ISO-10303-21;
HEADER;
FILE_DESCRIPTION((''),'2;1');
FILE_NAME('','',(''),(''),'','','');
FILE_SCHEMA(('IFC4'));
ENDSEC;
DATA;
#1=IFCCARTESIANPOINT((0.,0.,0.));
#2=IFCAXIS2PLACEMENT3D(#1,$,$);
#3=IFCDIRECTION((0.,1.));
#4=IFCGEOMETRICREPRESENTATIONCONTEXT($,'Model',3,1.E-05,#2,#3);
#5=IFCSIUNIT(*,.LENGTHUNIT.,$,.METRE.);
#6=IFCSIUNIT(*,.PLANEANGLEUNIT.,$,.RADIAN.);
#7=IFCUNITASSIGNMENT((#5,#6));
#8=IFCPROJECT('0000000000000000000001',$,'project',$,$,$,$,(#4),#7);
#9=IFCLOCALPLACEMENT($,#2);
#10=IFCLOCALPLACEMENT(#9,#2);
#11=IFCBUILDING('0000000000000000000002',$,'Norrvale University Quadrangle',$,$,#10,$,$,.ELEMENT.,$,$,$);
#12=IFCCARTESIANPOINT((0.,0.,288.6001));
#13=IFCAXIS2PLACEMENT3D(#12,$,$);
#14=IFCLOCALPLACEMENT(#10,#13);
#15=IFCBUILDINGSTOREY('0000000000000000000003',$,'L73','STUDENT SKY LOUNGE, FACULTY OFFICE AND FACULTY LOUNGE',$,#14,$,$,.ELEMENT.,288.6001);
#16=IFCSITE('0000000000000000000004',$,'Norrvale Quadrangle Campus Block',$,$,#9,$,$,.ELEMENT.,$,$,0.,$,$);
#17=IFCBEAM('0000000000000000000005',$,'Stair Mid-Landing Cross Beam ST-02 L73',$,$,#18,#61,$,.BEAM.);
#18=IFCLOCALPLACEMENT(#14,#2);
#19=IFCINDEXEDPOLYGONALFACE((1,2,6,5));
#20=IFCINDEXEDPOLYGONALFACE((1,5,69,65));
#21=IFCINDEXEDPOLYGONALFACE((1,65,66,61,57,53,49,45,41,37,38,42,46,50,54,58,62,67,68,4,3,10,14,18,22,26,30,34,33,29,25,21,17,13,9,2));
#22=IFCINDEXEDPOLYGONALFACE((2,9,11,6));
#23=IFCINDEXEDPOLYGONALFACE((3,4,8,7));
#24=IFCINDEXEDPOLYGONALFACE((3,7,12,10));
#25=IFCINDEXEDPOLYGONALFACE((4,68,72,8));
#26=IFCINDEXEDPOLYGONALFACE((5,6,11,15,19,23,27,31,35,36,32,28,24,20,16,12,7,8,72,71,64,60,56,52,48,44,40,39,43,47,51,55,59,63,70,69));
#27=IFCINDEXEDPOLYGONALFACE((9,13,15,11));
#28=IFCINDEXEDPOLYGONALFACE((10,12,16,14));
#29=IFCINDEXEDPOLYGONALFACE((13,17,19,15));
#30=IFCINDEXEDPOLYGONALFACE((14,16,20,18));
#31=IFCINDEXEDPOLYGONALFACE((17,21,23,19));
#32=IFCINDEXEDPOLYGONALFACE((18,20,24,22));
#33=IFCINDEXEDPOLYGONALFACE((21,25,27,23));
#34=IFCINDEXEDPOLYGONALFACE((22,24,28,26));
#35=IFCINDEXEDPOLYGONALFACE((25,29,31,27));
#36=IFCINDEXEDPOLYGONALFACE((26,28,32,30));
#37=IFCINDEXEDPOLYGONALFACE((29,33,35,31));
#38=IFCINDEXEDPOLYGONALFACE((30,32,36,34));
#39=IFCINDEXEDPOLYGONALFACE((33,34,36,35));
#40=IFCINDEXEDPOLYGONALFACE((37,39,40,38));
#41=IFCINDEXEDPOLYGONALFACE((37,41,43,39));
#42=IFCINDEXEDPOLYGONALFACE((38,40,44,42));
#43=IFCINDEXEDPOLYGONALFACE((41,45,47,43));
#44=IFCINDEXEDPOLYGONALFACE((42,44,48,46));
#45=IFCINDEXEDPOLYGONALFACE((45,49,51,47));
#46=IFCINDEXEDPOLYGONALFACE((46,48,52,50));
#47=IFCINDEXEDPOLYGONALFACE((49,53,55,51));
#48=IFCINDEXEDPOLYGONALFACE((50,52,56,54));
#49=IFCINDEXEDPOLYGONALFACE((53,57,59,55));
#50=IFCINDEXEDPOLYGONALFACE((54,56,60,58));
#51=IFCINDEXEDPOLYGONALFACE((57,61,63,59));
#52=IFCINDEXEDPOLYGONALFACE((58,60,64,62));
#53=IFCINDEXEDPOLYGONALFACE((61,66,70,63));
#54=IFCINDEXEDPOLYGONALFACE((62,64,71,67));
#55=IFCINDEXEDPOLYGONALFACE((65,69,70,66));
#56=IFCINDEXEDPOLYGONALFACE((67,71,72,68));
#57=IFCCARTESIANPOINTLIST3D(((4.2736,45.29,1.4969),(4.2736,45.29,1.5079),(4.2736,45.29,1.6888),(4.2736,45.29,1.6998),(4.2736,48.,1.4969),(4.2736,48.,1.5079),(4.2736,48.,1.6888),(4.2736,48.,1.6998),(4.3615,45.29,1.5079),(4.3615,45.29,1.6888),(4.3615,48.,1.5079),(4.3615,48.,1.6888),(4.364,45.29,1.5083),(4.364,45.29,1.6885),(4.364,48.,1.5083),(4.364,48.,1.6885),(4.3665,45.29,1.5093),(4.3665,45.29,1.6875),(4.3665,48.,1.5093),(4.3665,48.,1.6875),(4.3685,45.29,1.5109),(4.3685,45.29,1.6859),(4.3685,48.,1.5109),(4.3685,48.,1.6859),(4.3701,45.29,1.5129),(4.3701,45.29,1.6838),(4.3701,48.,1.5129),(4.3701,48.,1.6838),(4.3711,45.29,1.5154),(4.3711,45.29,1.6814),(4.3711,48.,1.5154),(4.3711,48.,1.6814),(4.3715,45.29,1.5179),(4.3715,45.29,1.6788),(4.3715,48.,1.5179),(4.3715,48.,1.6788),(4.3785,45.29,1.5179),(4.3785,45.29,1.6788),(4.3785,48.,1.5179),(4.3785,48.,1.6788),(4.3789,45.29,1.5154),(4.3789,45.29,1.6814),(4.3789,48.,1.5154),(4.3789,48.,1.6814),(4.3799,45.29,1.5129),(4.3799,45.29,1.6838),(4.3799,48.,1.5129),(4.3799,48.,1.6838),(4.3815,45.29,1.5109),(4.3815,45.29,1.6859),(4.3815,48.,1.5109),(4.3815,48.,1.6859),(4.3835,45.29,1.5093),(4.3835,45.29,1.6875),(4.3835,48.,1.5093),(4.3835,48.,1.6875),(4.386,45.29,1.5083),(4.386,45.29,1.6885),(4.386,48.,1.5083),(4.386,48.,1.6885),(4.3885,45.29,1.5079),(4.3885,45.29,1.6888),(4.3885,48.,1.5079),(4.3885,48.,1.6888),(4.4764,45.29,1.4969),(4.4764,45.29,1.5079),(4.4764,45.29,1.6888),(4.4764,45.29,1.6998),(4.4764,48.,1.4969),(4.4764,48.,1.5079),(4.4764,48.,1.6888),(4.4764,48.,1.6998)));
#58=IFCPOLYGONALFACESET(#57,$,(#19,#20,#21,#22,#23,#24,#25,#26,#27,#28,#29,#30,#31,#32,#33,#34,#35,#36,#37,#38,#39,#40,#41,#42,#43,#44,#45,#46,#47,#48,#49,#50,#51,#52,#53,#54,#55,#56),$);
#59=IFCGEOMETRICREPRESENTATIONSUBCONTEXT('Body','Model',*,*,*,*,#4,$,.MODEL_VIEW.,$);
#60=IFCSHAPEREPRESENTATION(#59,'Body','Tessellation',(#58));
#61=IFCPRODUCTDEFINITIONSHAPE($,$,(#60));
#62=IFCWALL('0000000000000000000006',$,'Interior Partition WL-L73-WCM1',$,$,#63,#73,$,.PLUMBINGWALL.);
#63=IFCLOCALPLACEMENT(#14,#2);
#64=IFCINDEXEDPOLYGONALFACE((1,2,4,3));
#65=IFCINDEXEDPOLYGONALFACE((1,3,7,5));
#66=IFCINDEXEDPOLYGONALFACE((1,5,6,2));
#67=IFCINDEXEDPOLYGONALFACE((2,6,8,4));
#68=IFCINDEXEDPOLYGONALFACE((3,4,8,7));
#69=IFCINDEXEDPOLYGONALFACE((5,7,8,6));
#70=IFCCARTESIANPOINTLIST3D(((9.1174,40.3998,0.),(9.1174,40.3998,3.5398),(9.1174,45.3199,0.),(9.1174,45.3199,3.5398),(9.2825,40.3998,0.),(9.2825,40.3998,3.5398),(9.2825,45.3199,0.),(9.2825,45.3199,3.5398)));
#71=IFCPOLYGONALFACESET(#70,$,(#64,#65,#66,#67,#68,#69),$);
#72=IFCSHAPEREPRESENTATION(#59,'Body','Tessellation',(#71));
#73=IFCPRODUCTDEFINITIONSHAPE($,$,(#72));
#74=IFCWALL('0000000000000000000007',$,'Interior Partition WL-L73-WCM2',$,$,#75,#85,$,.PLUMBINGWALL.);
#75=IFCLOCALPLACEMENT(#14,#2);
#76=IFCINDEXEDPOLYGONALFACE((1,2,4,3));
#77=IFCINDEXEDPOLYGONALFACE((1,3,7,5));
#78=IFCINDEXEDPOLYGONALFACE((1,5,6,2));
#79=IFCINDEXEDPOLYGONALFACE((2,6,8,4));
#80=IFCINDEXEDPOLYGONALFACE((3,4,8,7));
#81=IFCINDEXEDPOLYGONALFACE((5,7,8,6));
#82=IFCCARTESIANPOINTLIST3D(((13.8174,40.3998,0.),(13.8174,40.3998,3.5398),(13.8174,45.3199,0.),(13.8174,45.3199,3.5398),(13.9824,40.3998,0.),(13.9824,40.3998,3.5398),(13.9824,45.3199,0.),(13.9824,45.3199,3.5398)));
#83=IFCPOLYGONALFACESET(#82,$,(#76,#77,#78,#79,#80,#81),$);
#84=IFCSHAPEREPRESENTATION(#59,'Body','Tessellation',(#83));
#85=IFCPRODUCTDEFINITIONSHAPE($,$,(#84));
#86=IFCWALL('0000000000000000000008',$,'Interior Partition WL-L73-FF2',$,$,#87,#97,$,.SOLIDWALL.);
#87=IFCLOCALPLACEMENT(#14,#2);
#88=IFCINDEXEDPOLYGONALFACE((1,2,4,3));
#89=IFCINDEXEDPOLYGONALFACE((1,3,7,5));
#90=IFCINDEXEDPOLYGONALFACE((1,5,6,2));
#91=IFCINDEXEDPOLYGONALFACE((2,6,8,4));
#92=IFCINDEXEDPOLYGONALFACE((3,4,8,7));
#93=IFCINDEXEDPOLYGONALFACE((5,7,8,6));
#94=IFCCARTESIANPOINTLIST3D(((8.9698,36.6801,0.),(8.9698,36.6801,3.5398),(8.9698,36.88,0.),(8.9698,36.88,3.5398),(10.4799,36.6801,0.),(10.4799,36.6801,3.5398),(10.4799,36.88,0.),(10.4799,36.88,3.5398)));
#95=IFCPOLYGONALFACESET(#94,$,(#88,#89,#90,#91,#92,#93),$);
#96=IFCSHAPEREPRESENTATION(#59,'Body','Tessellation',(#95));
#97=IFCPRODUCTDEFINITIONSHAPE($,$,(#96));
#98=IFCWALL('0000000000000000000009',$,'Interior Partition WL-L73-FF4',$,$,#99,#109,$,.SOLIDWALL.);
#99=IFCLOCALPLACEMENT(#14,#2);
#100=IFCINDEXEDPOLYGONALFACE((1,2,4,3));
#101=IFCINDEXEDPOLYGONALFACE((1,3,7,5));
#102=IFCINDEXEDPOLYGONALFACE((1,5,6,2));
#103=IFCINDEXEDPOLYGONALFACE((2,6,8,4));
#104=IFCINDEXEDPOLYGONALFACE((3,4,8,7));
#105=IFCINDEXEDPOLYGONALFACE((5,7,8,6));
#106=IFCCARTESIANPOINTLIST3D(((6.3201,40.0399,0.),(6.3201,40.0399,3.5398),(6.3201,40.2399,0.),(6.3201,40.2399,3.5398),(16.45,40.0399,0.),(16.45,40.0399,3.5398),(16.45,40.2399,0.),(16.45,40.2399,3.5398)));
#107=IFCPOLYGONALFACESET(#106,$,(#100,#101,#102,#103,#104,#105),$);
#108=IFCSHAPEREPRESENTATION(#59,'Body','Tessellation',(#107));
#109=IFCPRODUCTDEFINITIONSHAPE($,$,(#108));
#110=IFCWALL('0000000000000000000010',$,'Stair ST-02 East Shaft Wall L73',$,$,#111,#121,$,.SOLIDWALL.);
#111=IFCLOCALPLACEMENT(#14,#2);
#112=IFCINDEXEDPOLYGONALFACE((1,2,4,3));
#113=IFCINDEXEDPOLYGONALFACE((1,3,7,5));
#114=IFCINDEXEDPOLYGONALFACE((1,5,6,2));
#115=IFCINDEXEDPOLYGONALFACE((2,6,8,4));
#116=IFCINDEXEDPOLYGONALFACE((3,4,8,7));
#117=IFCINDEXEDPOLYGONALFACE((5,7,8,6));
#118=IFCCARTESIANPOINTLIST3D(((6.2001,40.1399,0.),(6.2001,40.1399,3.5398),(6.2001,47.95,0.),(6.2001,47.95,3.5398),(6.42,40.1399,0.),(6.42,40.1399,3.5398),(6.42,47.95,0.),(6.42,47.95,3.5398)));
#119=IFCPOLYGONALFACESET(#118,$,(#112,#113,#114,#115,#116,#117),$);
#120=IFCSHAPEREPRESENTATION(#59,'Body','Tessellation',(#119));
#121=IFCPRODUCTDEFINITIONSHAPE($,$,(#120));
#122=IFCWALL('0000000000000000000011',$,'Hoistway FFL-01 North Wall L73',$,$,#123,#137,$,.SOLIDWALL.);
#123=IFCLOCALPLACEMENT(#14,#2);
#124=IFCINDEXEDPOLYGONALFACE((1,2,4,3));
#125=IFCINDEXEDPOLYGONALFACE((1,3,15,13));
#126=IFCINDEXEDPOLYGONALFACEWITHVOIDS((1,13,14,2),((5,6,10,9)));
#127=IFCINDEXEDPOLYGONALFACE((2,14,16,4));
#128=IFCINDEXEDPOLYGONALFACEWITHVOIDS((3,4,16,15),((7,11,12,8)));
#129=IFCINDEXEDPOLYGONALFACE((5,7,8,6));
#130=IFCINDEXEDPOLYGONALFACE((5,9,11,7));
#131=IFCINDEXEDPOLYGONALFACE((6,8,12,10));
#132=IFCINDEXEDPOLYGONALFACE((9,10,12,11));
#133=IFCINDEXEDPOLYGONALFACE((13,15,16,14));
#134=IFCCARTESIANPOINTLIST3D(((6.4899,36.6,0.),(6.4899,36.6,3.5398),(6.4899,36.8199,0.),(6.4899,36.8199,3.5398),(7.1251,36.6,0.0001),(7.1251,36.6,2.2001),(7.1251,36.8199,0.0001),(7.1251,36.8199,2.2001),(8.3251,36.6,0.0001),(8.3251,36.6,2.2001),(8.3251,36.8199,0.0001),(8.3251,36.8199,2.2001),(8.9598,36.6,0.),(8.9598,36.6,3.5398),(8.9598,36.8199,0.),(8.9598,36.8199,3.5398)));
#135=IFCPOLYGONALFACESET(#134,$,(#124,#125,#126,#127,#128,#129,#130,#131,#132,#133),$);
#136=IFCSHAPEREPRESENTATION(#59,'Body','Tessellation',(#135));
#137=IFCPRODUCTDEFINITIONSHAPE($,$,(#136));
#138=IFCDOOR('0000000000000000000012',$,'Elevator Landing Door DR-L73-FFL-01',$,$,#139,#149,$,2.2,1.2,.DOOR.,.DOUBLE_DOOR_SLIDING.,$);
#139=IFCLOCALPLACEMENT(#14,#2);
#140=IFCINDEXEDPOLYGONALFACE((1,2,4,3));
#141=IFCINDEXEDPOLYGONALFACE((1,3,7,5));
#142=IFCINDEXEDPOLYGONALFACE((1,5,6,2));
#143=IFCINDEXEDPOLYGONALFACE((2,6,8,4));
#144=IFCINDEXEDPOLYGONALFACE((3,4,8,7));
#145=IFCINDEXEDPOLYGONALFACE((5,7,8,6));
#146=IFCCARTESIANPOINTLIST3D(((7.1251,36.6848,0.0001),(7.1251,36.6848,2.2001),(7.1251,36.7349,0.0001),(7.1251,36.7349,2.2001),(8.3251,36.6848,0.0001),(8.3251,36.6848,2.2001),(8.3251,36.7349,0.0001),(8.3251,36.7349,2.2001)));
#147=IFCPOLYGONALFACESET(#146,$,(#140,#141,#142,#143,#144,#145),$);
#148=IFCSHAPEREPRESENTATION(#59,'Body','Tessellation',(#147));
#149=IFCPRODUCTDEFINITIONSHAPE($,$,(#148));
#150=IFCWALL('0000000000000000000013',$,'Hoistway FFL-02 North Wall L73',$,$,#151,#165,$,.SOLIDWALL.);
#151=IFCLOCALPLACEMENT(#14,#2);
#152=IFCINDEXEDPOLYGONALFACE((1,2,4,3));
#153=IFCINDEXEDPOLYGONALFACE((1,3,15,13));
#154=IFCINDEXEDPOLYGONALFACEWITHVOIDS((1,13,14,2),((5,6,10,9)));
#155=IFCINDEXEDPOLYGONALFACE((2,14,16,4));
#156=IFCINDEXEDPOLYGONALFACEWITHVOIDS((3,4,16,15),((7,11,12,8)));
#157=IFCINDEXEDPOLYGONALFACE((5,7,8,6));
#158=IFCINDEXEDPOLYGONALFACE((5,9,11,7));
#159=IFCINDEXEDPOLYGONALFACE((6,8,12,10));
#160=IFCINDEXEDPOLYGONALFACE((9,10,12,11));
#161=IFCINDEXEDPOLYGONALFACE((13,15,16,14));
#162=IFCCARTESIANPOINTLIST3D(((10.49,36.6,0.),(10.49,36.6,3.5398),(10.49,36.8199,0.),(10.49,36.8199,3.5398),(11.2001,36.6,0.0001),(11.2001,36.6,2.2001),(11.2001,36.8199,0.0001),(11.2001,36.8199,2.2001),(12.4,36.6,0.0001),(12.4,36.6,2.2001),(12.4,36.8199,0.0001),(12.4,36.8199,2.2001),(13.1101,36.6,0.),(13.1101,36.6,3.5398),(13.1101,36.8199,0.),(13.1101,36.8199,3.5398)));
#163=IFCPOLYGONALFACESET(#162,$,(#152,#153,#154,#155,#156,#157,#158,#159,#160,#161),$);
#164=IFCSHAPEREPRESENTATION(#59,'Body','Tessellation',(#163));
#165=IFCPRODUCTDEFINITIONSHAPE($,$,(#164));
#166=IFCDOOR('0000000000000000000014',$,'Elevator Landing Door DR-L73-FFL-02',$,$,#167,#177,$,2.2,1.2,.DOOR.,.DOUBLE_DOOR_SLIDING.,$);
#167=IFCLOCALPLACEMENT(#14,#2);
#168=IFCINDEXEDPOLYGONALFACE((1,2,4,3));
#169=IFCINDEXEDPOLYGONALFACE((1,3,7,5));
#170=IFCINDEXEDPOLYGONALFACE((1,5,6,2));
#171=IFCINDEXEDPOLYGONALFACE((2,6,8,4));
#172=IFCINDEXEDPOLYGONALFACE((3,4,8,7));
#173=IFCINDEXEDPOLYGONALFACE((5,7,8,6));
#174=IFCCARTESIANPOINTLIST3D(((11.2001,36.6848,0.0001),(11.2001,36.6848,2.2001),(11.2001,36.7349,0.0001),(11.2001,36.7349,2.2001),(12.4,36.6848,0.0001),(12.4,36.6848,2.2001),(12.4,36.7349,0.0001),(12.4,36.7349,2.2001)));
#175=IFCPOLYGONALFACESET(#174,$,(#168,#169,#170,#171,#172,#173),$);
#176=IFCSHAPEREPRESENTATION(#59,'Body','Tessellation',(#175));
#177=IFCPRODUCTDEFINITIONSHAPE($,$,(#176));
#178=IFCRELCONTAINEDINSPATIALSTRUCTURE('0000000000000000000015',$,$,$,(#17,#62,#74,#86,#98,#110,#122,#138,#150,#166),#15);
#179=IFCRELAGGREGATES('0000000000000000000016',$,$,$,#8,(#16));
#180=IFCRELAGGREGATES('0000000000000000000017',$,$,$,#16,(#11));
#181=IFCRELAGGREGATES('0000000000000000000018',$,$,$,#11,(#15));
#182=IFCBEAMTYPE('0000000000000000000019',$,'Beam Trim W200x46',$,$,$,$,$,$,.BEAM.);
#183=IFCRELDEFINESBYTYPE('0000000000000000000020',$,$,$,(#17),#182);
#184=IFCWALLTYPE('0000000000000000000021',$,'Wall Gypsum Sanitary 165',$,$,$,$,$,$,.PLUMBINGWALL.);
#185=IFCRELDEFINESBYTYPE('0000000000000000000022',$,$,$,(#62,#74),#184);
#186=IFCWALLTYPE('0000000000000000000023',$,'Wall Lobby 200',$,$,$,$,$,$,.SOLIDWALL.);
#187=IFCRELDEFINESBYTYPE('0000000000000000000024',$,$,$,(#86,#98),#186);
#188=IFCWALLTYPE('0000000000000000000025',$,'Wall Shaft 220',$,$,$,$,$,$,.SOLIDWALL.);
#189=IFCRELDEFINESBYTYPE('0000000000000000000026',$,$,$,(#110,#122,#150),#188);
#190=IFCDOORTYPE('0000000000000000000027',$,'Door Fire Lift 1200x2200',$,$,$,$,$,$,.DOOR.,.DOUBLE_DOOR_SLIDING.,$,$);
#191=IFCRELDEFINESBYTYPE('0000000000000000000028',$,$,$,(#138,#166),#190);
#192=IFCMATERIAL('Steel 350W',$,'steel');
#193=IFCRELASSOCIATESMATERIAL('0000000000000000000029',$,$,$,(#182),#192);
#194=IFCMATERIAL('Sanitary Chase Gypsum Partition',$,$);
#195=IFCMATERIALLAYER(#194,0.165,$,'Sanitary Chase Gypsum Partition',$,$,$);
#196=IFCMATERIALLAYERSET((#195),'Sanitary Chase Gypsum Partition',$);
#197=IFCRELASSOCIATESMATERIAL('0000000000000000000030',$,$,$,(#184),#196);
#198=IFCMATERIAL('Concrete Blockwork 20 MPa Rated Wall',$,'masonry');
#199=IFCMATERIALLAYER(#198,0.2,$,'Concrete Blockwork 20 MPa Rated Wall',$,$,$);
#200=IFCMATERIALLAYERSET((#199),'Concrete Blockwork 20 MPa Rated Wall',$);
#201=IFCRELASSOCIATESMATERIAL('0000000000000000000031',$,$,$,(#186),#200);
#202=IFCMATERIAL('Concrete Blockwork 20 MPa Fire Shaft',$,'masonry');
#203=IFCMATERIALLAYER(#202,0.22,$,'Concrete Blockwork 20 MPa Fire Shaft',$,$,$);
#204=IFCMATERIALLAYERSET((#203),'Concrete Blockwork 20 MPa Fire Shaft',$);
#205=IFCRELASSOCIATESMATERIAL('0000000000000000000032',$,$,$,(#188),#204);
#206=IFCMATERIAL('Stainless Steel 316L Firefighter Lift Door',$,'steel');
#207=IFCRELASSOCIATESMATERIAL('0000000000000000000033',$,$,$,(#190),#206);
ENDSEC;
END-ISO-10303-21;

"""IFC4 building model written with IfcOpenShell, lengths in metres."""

from ifc_helpers import new_model, si_unit, direction, frame, frame_2d, origin, origin_2d, place, context, subcontext, project, spatial, rectangle, i_section, extrude, material, layer, layer_set, material_profile, profile_set, type_object, element, fill, save


model = new_model("IFC4")

# Units and contexts
model_context = context("Model", 3, precision=1e-05, world=origin(), true_north=direction((0.0, 1.0)))
body_context = subcontext(model_context, "Body", "Model", "MODEL_VIEW")
ifc_project = project(units=[si_unit("LENGTHUNIT", "METRE"), si_unit("PLANEANGLEUNIT", "RADIAN")], contexts=[model_context])

# Site, building, storey
site_placement = place(None, origin())
site = spatial("IfcSite", under=ifc_project, at=site_placement, Name="Norrvale Quadrangle Campus Block", CompositionType="ELEMENT", RefElevation=0.0)
building_placement = place(site_placement, origin())
building = spatial("IfcBuilding", under=site, at=building_placement, Name="Norrvale University Quadrangle", CompositionType="ELEMENT")
storey_placement = place(building_placement, frame((0.0, 0.0, 288.6001)))
storey = spatial("IfcBuildingStorey", under=building, at=storey_placement, Name="L73", Description="STUDENT SKY LOUNGE, FACULTY OFFICE AND FACULTY LOUNGE", CompositionType="ELEMENT", Elevation=288.6001)

# Beam
ifc_material_1 = material(Name="Steel 350W", Category="steel")
ifc_material_profile = material_profile(ifc_material_1, i_section(OverallWidth=0.2029, OverallDepth=0.2029, WebThickness=0.0071, FlangeThickness=0.011, FilletRadius=0.01, at=origin_2d()), Name="Steel 350W")
ifc_profile_set = profile_set([ifc_material_profile], Name="Steel 350W")
beam_type = type_object("IfcBeamType", Name="Beam Trim W200x46", PredefinedType="BEAM", material=ifc_profile_set)
beam_placement = place(storey_placement, frame((4.375, 45.29, 1.5984), z_axis=(0.0, 1.0, 0.0), x_axis=(-1.0, 0.0, 0.0)))
element("IfcBeam", 1, at=beam_placement, inside=storey, type_object=beam_type, Name="Stair Mid-Landing Cross Beam ST-02 L73", PredefinedType="BEAM", context=body_context, shape_type="SweptSolid", body=[
    extrude(i_section(OverallWidth=0.2029, OverallDepth=0.2029, WebThickness=0.0071, FlangeThickness=0.011, FilletRadius=0.01, at=origin_2d()), origin(), (0.0, 0.0, 1.0), 2.71),
])

# Shared definitions
ifc_material_2 = material(Name="Sanitary Chase Gypsum Partition")
ifc_layer_1 = layer(ifc_material_2, 0.165, Name="Sanitary Chase Gypsum Partition")
ifc_layer_set_1 = layer_set([ifc_layer_1], Name="Sanitary Chase Gypsum Partition")
wall_type_1 = type_object("IfcWallType", Name="Wall Gypsum Sanitary 165", PredefinedType="PLUMBINGWALL", material=ifc_layer_set_1)

# Walls
for number, where, z_axis, x_axis, name in (
    (2, (9.2, 40.3999, 0.0), (0.0, 0.0, 1.0), (0.0, 1.0, 0.0), "Interior Partition WL-L73-WCM1"),
    (3, (13.8999, 40.3999, 0.0), (0.0, 0.0, 1.0), (0.0, 1.0, 0.0), "Interior Partition WL-L73-WCM2"),
):
    element("IfcWall", number, at=place(storey_placement, frame(where, z_axis=z_axis, x_axis=x_axis)), inside=storey, type_object=wall_type_1, Name=name, PredefinedType="PLUMBINGWALL", context=body_context, shape_type="SweptSolid", body=[
        extrude(rectangle(XDim=4.9202, YDim=0.165, at=frame_2d((2.46, 0.0))), origin(), (0.0, 0.0, 1.0), 3.5398),
    ])
ifc_material_3 = material(Name="Concrete Blockwork 20 MPa Rated Wall", Category="masonry")
ifc_layer_2 = layer(ifc_material_3, 0.2, Name="Concrete Blockwork 20 MPa Rated Wall")
ifc_layer_set_2 = layer_set([ifc_layer_2], Name="Concrete Blockwork 20 MPa Rated Wall")
wall_type_2 = type_object("IfcWallType", Name="Wall Lobby 200", PredefinedType="SOLIDWALL", material=ifc_layer_set_2)
wall_1_placement = place(storey_placement, frame((8.97, 36.78, 0.0), z_axis=(0.0, 0.0, 1.0), x_axis=(1.0, 0.0, 0.0)))
element("IfcWall", 4, at=wall_1_placement, inside=storey, type_object=wall_type_2, Name="Interior Partition WL-L73-FF2", PredefinedType="SOLIDWALL", context=body_context, shape_type="SweptSolid", body=[
    extrude(rectangle(XDim=1.51, YDim=0.2, at=frame_2d((0.7549, 0.0))), origin(), (0.0, 0.0, 1.0), 3.5398),
])
wall_2_placement = place(storey_placement, frame((6.3201, 40.1399, 0.0), z_axis=(0.0, 0.0, 1.0), x_axis=(1.0, 0.0, 0.0)))
element("IfcWall", 5, at=wall_2_placement, inside=storey, type_object=wall_type_2, Name="Interior Partition WL-L73-FF4", PredefinedType="SOLIDWALL", context=body_context, shape_type="SweptSolid", body=[
    extrude(rectangle(XDim=10.1299, YDim=0.2, at=frame_2d((5.0649, 0.0))), origin(), (0.0, 0.0, 1.0), 3.5398),
])
ifc_material_4 = material(Name="Concrete Blockwork 20 MPa Fire Shaft", Category="masonry")
ifc_layer_3 = layer(ifc_material_4, 0.22, Name="Concrete Blockwork 20 MPa Fire Shaft")
ifc_layer_set_3 = layer_set([ifc_layer_3], Name="Concrete Blockwork 20 MPa Fire Shaft")
wall_type_3 = type_object("IfcWallType", Name="Wall Shaft 220", PredefinedType="SOLIDWALL", material=ifc_layer_set_3)
wall_3_placement = place(storey_placement, frame((6.3101, 40.1399, 0.0), z_axis=(0.0, 0.0, 1.0), x_axis=(0.0, 1.0, 0.0)))
element("IfcWall", 6, at=wall_3_placement, inside=storey, type_object=wall_type_3, Name="Stair ST-02 East Shaft Wall L73", PredefinedType="SOLIDWALL", context=body_context, shape_type="SweptSolid", body=[
    extrude(rectangle(XDim=7.8101, YDim=0.22, at=frame_2d((3.905, 0.0))), origin(), (0.0, 0.0, 1.0), 3.5398),
])

# Walls, openings, doors
wall_4_placement = place(storey_placement, frame((6.49, 36.71, 0.0), z_axis=(0.0, 0.0, 1.0), x_axis=(1.0, 0.0, 0.0)))
wall_4 = element("IfcWall", 7, at=wall_4_placement, inside=storey, type_object=wall_type_3, Name="Hoistway FFL-01 North Wall L73", PredefinedType="SOLIDWALL", context=body_context, shape_type="SweptSolid", body=[
    extrude(rectangle(XDim=2.47, YDim=0.22, at=frame_2d((1.2349, 0.0))), origin(), (0.0, 0.0, 1.0), 3.5398),
])
opening_1_placement = place(wall_4_placement, frame((0.635, 0.0, 0.0)))
opening_1 = element("IfcOpeningElement", 8, at=opening_1_placement, cuts=wall_4, PredefinedType="OPENING", context=body_context, shape_type="SweptSolid", body=[
    extrude(rectangle(XDim=1.2, YDim=2.2, at=frame_2d((0.6001, 1.1001))), frame((0.0, 0.1221, 0.0), z_axis=(0.0, -1.0, 0.0), x_axis=(1.0, 0.0, 0.0)), (0.0, 0.0, 1.0), 0.2439),
])
ifc_material_5 = material(Name="Stainless Steel 316L Firefighter Lift Door", Category="steel")
door_type_1 = type_object("IfcDoorType", Name="Door Fire Lift 1200x2200", OperationType="DOUBLE_DOOR_SLIDING", PredefinedType="DOOR", material=ifc_material_5)
door_1_placement = place(opening_1_placement, origin())
door_1 = element("IfcDoor", 9, at=door_1_placement, inside=storey, type_object=door_type_1, Name="Elevator Landing Door DR-L73-FFL-01", OperationType="DOUBLE_DOOR_SLIDING", OverallHeight=2.2, OverallWidth=1.2, PredefinedType="DOOR", context=body_context, shape_type="SweptSolid", body=[
    extrude(rectangle(XDim=1.2, YDim=2.2, at=frame_2d((0.6001, 1.1001))), frame((0.0, 0.0249, 0.0), z_axis=(0.0, -1.0, 0.0), x_axis=(1.0, 0.0, 0.0)), (0.0, 0.0, 1.0), 0.05),
])
fill(opening_1, door_1)
wall_5_placement = place(storey_placement, frame((10.49, 36.71, 0.0), z_axis=(0.0, 0.0, 1.0), x_axis=(1.0, 0.0, 0.0)))
wall_5 = element("IfcWall", 10, at=wall_5_placement, inside=storey, type_object=wall_type_3, Name="Hoistway FFL-02 North Wall L73", PredefinedType="SOLIDWALL", context=body_context, shape_type="SweptSolid", body=[
    extrude(rectangle(XDim=2.6201, YDim=0.22, at=frame_2d((1.3101, 0.0))), origin(), (0.0, 0.0, 1.0), 3.5398),
])
opening_2_placement = place(wall_5_placement, frame((0.71, 0.0, 0.0)))
opening_2 = element("IfcOpeningElement", 11, at=opening_2_placement, cuts=wall_5, PredefinedType="OPENING", context=body_context, shape_type="SweptSolid", body=[
    extrude(rectangle(XDim=1.2, YDim=2.2, at=frame_2d((0.6001, 1.1001))), frame((0.0, 0.1221, 0.0), z_axis=(0.0, -1.0, 0.0), x_axis=(1.0, 0.0, 0.0)), (0.0, 0.0, 1.0), 0.2439),
])
door_2_placement = place(opening_2_placement, origin())
door_2 = element("IfcDoor", 12, at=door_2_placement, inside=storey, type_object=door_type_1, Name="Elevator Landing Door DR-L73-FFL-02", OperationType="DOUBLE_DOOR_SLIDING", OverallHeight=2.2, OverallWidth=1.2, PredefinedType="DOOR", context=body_context, shape_type="SweptSolid", body=[
    extrude(rectangle(XDim=1.2, YDim=2.2, at=frame_2d((0.6001, 1.1001))), frame((0.0, 0.0249, 0.0), z_axis=(0.0, -1.0, 0.0), x_axis=(1.0, 0.0, 0.0)), (0.0, 0.0, 1.0), 0.05),
])
fill(opening_2, door_2)

save(model, "model.ifc")
